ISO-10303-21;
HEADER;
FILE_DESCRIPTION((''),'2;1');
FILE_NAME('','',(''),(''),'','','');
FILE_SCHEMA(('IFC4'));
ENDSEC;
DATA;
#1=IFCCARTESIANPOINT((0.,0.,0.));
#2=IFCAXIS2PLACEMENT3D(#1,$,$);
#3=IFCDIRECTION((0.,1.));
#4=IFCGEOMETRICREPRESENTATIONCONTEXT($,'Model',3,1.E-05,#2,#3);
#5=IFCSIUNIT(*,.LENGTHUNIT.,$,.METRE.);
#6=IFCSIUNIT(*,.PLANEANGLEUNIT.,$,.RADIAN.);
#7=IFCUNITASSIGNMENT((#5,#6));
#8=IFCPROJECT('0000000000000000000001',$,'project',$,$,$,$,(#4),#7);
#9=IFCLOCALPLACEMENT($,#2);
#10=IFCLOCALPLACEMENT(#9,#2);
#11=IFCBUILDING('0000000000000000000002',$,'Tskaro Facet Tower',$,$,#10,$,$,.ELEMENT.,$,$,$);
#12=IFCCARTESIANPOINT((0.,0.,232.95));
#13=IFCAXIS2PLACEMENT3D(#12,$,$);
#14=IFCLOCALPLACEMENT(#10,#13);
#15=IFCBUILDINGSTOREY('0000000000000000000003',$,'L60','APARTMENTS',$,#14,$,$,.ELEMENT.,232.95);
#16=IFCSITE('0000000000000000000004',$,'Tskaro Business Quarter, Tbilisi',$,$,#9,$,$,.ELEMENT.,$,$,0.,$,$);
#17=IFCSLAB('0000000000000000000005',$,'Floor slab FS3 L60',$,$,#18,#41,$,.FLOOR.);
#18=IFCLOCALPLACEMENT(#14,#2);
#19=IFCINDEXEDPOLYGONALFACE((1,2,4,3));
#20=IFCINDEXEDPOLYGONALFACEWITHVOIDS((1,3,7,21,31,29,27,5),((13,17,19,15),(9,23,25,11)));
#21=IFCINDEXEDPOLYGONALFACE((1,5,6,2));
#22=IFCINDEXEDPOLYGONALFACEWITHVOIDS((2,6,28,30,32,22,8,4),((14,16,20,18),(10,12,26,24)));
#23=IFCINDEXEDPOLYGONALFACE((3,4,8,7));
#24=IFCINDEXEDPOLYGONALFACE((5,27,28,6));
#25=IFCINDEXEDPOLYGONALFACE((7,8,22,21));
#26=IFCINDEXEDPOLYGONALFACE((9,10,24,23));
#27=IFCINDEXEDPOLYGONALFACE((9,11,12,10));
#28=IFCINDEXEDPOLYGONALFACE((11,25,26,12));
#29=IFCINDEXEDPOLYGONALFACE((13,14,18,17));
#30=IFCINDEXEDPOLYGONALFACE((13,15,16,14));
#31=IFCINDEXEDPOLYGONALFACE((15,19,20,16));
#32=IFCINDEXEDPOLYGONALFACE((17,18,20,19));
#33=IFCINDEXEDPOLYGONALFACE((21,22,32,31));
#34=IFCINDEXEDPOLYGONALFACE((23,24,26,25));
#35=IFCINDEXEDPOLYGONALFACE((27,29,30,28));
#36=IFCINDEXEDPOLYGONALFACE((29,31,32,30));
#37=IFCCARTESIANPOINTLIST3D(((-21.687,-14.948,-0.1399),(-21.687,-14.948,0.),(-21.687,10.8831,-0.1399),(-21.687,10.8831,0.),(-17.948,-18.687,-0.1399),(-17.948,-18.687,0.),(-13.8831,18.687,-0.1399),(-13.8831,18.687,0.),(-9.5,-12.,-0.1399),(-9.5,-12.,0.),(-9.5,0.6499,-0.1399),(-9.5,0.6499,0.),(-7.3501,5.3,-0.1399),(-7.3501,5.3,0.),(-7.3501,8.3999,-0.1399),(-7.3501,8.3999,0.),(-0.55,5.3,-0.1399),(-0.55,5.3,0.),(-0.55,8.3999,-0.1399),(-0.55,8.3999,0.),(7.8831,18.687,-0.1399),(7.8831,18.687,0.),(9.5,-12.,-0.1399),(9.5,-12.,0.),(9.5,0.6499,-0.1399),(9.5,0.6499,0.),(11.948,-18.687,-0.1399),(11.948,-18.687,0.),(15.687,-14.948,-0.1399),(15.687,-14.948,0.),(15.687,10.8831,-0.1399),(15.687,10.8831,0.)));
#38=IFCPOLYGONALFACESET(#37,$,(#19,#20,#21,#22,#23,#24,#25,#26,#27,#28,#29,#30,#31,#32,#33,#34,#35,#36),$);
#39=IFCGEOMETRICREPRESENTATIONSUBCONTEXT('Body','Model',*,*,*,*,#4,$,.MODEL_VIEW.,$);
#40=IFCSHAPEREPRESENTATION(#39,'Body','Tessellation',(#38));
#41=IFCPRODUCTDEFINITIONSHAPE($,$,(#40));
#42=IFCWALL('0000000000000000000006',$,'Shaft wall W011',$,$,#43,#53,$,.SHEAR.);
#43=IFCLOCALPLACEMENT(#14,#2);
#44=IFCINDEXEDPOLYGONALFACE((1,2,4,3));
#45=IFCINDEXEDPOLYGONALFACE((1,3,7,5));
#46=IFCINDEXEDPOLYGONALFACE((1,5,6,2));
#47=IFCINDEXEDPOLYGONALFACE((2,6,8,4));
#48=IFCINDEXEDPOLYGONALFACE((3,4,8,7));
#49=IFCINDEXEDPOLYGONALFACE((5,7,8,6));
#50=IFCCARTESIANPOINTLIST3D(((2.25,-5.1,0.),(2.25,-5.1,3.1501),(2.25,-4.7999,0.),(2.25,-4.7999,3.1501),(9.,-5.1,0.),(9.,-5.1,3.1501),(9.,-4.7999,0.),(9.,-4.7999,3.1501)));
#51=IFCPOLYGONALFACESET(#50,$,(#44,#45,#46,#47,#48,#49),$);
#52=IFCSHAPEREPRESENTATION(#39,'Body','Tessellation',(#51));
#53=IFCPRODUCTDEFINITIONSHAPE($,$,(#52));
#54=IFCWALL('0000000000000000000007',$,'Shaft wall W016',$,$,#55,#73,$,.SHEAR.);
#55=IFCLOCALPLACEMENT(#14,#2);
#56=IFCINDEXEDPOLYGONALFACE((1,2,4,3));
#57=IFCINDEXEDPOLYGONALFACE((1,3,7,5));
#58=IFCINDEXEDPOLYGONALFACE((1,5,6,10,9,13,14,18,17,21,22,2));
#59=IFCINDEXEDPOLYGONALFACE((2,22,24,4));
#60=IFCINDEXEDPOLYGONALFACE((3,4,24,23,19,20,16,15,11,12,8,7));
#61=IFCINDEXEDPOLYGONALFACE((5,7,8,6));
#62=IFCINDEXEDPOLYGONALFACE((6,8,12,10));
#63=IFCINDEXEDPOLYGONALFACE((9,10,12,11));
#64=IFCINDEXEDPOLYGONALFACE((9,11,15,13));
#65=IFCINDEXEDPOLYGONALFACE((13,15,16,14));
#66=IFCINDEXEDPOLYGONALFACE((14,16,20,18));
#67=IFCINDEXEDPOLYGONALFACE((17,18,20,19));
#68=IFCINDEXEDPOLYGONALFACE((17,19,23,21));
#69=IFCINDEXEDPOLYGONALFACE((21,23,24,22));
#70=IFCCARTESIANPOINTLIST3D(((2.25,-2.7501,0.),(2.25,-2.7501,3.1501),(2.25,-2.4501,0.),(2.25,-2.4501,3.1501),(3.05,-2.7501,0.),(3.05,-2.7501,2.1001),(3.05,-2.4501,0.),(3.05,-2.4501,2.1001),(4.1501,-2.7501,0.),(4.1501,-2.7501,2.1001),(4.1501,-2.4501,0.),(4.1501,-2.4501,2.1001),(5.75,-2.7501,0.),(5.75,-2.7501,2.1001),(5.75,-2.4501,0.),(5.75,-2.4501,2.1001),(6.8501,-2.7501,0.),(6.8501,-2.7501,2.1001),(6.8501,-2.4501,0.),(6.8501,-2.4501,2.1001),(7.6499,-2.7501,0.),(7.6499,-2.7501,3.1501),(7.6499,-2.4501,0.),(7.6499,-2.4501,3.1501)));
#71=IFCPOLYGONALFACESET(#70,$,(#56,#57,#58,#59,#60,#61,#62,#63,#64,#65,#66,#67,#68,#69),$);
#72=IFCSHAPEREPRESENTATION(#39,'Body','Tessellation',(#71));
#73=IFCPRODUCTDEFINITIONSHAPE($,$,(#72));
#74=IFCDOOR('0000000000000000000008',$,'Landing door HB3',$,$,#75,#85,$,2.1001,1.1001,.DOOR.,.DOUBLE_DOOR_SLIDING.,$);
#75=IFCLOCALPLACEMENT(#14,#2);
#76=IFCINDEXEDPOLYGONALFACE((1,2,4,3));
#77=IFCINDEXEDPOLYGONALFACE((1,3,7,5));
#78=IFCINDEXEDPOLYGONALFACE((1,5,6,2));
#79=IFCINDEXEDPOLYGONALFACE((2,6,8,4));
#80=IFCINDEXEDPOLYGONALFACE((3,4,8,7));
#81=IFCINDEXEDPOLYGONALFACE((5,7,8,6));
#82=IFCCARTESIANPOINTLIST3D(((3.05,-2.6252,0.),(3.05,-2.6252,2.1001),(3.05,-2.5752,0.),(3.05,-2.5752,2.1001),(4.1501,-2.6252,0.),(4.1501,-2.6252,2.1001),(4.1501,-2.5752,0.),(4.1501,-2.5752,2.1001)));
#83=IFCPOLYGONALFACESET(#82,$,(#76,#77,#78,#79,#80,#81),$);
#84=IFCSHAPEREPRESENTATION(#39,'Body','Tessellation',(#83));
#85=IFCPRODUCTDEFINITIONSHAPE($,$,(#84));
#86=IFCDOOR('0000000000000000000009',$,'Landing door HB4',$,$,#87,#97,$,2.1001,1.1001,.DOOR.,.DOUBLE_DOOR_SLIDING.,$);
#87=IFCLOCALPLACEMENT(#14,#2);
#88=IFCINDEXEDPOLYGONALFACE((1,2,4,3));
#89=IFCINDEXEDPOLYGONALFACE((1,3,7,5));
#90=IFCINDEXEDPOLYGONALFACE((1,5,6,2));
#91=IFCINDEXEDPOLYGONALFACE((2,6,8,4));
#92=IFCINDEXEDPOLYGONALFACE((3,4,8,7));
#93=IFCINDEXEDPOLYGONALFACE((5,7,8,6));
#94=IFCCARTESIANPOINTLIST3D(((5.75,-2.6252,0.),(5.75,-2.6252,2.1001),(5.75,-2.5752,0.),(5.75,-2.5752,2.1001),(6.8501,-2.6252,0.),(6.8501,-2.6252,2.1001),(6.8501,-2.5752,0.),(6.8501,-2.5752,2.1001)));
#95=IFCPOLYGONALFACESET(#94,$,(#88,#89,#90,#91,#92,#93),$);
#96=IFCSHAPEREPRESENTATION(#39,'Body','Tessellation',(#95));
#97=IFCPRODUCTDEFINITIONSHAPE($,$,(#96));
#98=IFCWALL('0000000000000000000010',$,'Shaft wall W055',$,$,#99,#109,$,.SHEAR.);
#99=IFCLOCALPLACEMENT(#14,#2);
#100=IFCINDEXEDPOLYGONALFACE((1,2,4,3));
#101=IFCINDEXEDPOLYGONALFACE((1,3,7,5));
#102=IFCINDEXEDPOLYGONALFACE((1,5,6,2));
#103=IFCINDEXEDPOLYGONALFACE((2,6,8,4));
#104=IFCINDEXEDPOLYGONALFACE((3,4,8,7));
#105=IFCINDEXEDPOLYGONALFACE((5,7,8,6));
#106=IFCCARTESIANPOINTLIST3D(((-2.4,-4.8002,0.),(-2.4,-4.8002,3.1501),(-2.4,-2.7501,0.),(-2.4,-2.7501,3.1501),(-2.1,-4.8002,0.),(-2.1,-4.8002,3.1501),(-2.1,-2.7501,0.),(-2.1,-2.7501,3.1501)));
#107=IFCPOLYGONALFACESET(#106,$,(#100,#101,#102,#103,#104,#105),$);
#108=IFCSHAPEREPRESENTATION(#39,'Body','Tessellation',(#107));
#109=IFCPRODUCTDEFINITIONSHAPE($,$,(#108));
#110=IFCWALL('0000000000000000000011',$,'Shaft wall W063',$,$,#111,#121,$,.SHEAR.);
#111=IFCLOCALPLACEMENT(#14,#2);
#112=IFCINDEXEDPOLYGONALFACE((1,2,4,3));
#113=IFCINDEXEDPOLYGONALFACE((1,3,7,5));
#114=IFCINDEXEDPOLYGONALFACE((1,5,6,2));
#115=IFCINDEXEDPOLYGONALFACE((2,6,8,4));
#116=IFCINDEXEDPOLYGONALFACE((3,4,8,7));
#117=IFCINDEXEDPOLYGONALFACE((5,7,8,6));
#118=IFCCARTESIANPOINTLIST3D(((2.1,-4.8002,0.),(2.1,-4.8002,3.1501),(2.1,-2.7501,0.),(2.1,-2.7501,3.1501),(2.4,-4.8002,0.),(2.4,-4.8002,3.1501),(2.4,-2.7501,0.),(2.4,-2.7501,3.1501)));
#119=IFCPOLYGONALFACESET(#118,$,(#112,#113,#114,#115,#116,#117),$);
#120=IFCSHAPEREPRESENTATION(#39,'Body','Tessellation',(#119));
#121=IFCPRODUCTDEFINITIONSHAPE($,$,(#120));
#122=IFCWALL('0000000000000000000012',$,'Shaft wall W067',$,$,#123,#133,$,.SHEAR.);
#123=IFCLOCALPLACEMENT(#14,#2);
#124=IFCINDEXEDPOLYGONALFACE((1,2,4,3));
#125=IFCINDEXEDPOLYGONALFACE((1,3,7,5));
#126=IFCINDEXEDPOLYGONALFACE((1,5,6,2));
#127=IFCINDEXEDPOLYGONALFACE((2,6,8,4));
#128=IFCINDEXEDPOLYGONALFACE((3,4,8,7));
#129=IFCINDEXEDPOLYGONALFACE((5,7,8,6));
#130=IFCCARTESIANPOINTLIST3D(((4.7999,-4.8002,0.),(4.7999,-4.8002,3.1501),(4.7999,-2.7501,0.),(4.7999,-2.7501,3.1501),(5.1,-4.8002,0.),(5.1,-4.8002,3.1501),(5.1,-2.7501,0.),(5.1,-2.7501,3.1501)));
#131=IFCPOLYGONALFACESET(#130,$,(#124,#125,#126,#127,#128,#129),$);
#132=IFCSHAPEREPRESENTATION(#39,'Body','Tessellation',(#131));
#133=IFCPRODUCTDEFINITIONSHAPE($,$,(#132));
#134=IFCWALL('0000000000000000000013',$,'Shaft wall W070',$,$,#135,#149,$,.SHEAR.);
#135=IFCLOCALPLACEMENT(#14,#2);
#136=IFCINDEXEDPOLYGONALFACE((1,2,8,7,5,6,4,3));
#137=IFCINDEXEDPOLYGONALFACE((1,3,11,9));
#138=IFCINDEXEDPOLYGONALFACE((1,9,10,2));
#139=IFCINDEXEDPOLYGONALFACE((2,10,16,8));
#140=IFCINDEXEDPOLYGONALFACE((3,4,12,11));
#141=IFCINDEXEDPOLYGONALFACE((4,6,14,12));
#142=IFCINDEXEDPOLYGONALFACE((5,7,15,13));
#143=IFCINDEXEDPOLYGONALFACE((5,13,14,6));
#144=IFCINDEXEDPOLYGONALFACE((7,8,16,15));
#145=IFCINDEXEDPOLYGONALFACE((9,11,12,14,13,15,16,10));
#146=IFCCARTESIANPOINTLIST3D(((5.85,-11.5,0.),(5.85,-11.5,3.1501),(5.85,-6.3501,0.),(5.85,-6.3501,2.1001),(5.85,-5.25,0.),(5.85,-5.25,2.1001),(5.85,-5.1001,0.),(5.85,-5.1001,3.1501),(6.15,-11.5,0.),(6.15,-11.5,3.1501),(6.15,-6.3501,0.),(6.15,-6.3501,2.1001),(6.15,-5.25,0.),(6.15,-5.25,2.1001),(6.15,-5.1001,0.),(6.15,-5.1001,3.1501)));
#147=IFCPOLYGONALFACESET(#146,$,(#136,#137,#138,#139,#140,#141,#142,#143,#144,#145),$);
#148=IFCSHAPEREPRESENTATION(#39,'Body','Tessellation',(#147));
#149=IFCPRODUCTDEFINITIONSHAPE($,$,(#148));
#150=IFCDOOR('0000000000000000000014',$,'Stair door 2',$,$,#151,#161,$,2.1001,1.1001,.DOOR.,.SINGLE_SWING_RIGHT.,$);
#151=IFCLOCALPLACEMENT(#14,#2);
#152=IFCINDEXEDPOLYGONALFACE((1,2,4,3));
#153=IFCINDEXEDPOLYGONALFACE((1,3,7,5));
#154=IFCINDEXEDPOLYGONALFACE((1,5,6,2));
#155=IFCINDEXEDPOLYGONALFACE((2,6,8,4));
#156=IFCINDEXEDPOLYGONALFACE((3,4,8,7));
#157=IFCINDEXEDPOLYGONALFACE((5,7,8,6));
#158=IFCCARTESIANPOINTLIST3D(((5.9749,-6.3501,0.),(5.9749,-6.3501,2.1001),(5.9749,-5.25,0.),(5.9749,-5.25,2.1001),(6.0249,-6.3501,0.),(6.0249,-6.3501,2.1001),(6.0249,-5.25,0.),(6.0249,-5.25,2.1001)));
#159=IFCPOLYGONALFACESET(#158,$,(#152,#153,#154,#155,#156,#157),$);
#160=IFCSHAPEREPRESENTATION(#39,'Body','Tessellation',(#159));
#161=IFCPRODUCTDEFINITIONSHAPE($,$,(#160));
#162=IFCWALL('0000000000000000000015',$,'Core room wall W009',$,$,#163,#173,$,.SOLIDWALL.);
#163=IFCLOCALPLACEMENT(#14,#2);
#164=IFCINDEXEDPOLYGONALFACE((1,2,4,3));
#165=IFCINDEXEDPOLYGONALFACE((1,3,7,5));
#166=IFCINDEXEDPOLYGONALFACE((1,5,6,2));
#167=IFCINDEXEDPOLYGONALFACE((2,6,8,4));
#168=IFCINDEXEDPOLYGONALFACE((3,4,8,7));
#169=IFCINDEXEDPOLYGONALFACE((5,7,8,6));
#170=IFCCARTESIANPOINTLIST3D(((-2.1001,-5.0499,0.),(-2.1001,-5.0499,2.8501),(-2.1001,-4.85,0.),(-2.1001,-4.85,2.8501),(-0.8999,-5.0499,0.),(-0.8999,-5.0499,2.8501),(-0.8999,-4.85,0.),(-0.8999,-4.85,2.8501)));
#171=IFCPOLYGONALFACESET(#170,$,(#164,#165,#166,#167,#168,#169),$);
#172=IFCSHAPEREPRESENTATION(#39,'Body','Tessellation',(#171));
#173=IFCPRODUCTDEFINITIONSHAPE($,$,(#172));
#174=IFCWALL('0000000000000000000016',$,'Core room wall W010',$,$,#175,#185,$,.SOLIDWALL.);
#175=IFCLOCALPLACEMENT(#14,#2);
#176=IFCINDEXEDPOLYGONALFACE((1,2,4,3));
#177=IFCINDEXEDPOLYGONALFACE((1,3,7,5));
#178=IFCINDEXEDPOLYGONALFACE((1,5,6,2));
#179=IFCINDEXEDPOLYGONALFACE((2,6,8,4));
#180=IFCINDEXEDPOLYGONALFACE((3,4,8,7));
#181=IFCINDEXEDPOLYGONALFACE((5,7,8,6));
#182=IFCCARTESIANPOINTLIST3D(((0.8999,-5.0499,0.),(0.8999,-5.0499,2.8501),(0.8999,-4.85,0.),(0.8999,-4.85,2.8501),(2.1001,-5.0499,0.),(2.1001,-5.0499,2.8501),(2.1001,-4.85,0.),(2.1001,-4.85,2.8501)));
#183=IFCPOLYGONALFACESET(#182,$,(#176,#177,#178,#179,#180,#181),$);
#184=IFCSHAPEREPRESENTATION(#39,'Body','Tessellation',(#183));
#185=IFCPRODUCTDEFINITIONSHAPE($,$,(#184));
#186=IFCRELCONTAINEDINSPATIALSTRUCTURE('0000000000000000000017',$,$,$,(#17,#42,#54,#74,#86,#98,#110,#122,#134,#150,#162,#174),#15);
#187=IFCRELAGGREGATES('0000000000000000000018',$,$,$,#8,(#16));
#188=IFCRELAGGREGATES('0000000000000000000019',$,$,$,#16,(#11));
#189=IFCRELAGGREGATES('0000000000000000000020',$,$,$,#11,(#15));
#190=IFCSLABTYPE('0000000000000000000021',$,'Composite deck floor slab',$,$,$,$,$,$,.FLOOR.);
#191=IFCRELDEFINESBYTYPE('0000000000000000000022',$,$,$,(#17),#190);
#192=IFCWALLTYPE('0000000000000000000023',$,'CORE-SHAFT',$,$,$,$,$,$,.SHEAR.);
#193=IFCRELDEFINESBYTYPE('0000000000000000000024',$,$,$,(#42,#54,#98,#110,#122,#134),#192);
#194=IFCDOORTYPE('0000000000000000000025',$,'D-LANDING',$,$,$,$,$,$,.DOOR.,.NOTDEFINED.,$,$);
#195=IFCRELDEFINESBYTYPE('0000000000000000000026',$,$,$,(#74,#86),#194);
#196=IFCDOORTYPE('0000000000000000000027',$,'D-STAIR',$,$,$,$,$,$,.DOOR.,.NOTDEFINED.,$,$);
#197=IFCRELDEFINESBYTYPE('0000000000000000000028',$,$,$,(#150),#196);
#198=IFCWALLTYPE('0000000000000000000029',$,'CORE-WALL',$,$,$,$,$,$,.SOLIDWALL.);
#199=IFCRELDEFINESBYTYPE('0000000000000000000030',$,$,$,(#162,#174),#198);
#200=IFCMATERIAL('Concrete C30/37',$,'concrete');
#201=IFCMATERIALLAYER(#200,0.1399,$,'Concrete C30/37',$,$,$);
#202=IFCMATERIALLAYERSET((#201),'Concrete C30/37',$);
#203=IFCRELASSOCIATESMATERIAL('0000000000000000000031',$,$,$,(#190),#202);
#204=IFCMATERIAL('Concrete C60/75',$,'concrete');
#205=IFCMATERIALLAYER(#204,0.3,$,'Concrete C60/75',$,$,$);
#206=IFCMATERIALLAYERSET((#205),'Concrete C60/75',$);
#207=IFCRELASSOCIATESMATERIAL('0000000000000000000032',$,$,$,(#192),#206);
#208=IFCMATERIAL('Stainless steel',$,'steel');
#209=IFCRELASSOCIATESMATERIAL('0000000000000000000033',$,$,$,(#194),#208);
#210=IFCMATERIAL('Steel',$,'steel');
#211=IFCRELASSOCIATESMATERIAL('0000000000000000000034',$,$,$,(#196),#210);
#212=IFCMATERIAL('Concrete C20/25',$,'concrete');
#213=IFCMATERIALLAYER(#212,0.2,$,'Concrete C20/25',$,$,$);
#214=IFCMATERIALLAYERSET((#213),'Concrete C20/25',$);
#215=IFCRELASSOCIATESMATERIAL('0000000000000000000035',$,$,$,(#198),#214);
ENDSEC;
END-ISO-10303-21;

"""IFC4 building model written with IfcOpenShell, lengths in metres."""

from ifc_helpers import new_model, si_unit, direction, frame, frame_2d, origin, place, context, subcontext, project, spatial, polyline, rectangle, outline, extrude, material, layer, layer_set, type_object, element, fill, save


model = new_model("IFC4")

# Units and contexts
model_context = context("Model", 3, precision=1e-05, world=origin(), true_north=direction((0.0, 1.0)))
body_context = subcontext(model_context, "Body", "Model", "MODEL_VIEW")
ifc_project = project(units=[si_unit("LENGTHUNIT", "METRE"), si_unit("PLANEANGLEUNIT", "RADIAN")], contexts=[model_context])

# Site, building, storey
site_placement = place(None, origin())
site = spatial("IfcSite", under=ifc_project, at=site_placement, Name="Tskaro Business Quarter, Tbilisi", CompositionType="ELEMENT", RefElevation=0.0)
building_placement = place(site_placement, origin())
building = spatial("IfcBuilding", under=site, at=building_placement, Name="Tskaro Facet Tower", CompositionType="ELEMENT")
storey_placement = place(building_placement, frame((0.0, 0.0, 232.95)))
storey = spatial("IfcBuildingStorey", under=building, at=storey_placement, Name="L60", Description="APARTMENTS", CompositionType="ELEMENT", Elevation=232.95)

# Slab
ifc_material_1 = material(Name="Concrete C30/37", Category="concrete")
ifc_layer_1 = layer(ifc_material_1, 0.1399, Name="Concrete C30/37")
ifc_layer_set_1 = layer_set([ifc_layer_1], Name="Concrete C30/37")
slab_type = type_object("IfcSlabType", Name="Composite deck floor slab", PredefinedType="FLOOR", material=ifc_layer_set_1)
slab_placement = place(storey_placement, frame((0.0, 0.0, -0.1399)))
element("IfcSlab", 1, at=slab_placement, inside=storey, type_object=slab_type, Name="Floor slab FS3 L60", PredefinedType="FLOOR", context=body_context, shape_type="SweptSolid", body=[
    extrude(outline(polyline([(-17.948, -18.687), (11.948, -18.687), (15.687, -14.948), (15.687, 10.8831), (7.8831, 18.687), (-13.8831, 18.687), (-21.687, 10.8831), (-21.687, -14.948), (-17.948, -18.687)]), holes=[polyline([(-9.5, -12.0), (9.5, -12.0), (9.5, 0.6499), (-9.5, 0.6499), (-9.5, -12.0)]), polyline([(-7.3501, 5.3), (-0.55, 5.3), (-0.55, 8.3999), (-7.3501, 8.3999), (-7.3501, 5.3)])]), origin(), (0.0, 0.0, 1.0), 0.1399),
])

# Wall
ifc_material_2 = material(Name="Concrete C60/75", Category="concrete")
ifc_layer_2 = layer(ifc_material_2, 0.3, Name="Concrete C60/75")
ifc_layer_set_2 = layer_set([ifc_layer_2], Name="Concrete C60/75")
wall_type_1 = type_object("IfcWallType", Name="CORE-SHAFT", PredefinedType="SHEAR", material=ifc_layer_set_2)
wall_1_placement = place(storey_placement, frame((2.25, -4.95, 0.0), z_axis=(0.0, 0.0, 1.0), x_axis=(1.0, 0.0, 0.0)))
element("IfcWall", 2, at=wall_1_placement, inside=storey, type_object=wall_type_1, Name="Shaft wall W011", PredefinedType="SHEAR", context=body_context, shape_type="SweptSolid", body=[
    extrude(rectangle(XDim=6.75, YDim=0.3, at=frame_2d((3.375, 0.0))), origin(), (0.0, 0.0, 1.0), 3.1501),
])

# Wall, openings, doors
wall_2_placement = place(storey_placement, frame((2.25, -2.6001, 0.0), z_axis=(0.0, 0.0, 1.0), x_axis=(1.0, 0.0, 0.0)))
wall_2 = element("IfcWall", 3, at=wall_2_placement, inside=storey, type_object=wall_type_1, Name="Shaft wall W016", PredefinedType="SHEAR", context=body_context, shape_type="SweptSolid", body=[
    extrude(rectangle(XDim=5.3999, YDim=0.3, at=frame_2d((2.7, 0.0))), origin(), (0.0, 0.0, 1.0), 3.1501),
])
opening_1_placement = place(wall_2_placement, frame((0.8, 0.0, 0.0)))
opening_1 = element("IfcOpeningElement", 4, at=opening_1_placement, cuts=wall_2, PredefinedType="OPENING", context=body_context, shape_type="SweptSolid", body=[
    extrude(rectangle(XDim=1.1001, YDim=2.1001, at=frame_2d((0.55, 1.05))), frame((0.0, 0.1599, 0.0), z_axis=(0.0, -1.0, 0.0), x_axis=(1.0, 0.0, 0.0)), (0.0, 0.0, 1.0), 0.3201),
])
opening_2_placement = place(wall_2_placement, frame((3.5, 0.0, 0.0)))
opening_2 = element("IfcOpeningElement", 5, at=opening_2_placement, cuts=wall_2, PredefinedType="OPENING", context=body_context, shape_type="SweptSolid", body=[
    extrude(rectangle(XDim=1.1001, YDim=2.1001, at=frame_2d((0.55, 1.05))), frame((0.0, 0.1599, 0.0), z_axis=(0.0, -1.0, 0.0), x_axis=(1.0, 0.0, 0.0)), (0.0, 0.0, 1.0), 0.3201),
])
ifc_material_3 = material(Name="Stainless steel", Category="steel")
door_type_1 = type_object("IfcDoorType", Name="D-LANDING", OperationType="NOTDEFINED", PredefinedType="DOOR", material=ifc_material_3)
door_1_placement = place(opening_1_placement, origin())
door_1 = element("IfcDoor", 6, at=door_1_placement, inside=storey, type_object=door_type_1, Name="Landing door HB3", OperationType="DOUBLE_DOOR_SLIDING", OverallHeight=2.1001, OverallWidth=1.1001, PredefinedType="DOOR", context=body_context, shape_type="SweptSolid", body=[
    extrude(rectangle(XDim=1.1001, YDim=2.1001, at=frame_2d((0.55, 1.05))), frame((0.0, 0.0249, 0.0), z_axis=(0.0, -1.0, 0.0), x_axis=(1.0, 0.0, 0.0)), (0.0, 0.0, 1.0), 0.05),
])
fill(opening_1, door_1)
door_2_placement = place(opening_2_placement, origin())
door_2 = element("IfcDoor", 7, at=door_2_placement, inside=storey, type_object=door_type_1, Name="Landing door HB4", OperationType="DOUBLE_DOOR_SLIDING", OverallHeight=2.1001, OverallWidth=1.1001, PredefinedType="DOOR", context=body_context, shape_type="SweptSolid", body=[
    extrude(rectangle(XDim=1.1001, YDim=2.1001, at=frame_2d((0.55, 1.05))), frame((0.0, 0.0249, 0.0), z_axis=(0.0, -1.0, 0.0), x_axis=(1.0, 0.0, 0.0)), (0.0, 0.0, 1.0), 0.05),
])
fill(opening_2, door_2)

# Walls
for number, where, z_axis, x_axis, name in (
    (8, (-2.25, -4.8, 0.0), (0.0, 0.0, 1.0), (0.0, 1.0, 0.0), "Shaft wall W055"),
    (9, (2.25, -4.8, 0.0), (0.0, 0.0, 1.0), (0.0, 1.0, 0.0), "Shaft wall W063"),
    (10, (4.95, -4.8, 0.0), (0.0, 0.0, 1.0), (0.0, 1.0, 0.0), "Shaft wall W067"),
):
    element("IfcWall", number, at=place(storey_placement, frame(where, z_axis=z_axis, x_axis=x_axis)), inside=storey, type_object=wall_type_1, Name=name, PredefinedType="SHEAR", context=body_context, shape_type="SweptSolid", body=[
        extrude(rectangle(XDim=2.05, YDim=0.3, at=frame_2d((1.0249, 0.0))), origin(), (0.0, 0.0, 1.0), 3.1501),
    ])

# Wall, opening, door
wall_3_placement = place(storey_placement, frame((6.0, -5.1001, 0.0), z_axis=(0.0, 0.0, 1.0), x_axis=(0.0, -1.0, 0.0)))
wall_3 = element("IfcWall", 11, at=wall_3_placement, inside=storey, type_object=wall_type_1, Name="Shaft wall W070", PredefinedType="SHEAR", context=body_context, shape_type="SweptSolid", body=[
    extrude(rectangle(XDim=6.3999, YDim=0.3, at=frame_2d((3.2, 0.0))), origin(), (0.0, 0.0, 1.0), 3.1501),
])
opening_3_placement = place(wall_3_placement, frame((0.1499, 0.0, 0.0)))
opening_3 = element("IfcOpeningElement", 12, at=opening_3_placement, cuts=wall_3, PredefinedType="OPENING", context=body_context, shape_type="SweptSolid", body=[
    extrude(rectangle(XDim=1.1001, YDim=2.1001, at=frame_2d((0.55, 1.05))), frame((0.0, 0.1599, 0.0), z_axis=(0.0, -1.0, 0.0), x_axis=(1.0, 0.0, 0.0)), (0.0, 0.0, 1.0), 0.3201),
])
ifc_material_4 = material(Name="Steel", Category="steel")
door_type_2 = type_object("IfcDoorType", Name="D-STAIR", OperationType="NOTDEFINED", PredefinedType="DOOR", material=ifc_material_4)
door_3_placement = place(opening_3_placement, origin())
door_3 = element("IfcDoor", 13, at=door_3_placement, inside=storey, type_object=door_type_2, Name="Stair door 2", OperationType="SINGLE_SWING_RIGHT", OverallHeight=2.1001, OverallWidth=1.1001, PredefinedType="DOOR", context=body_context, shape_type="SweptSolid", body=[
    extrude(rectangle(XDim=1.1001, YDim=2.1001, at=frame_2d((0.55, 1.05))), frame((0.0, 0.0249, 0.0), z_axis=(0.0, -1.0, 0.0), x_axis=(1.0, 0.0, 0.0)), (0.0, 0.0, 1.0), 0.05),
])
fill(opening_3, door_3)

# Walls
ifc_material_5 = material(Name="Concrete C20/25", Category="concrete")
ifc_layer_3 = layer(ifc_material_5, 0.2, Name="Concrete C20/25")
ifc_layer_set_3 = layer_set([ifc_layer_3], Name="Concrete C20/25")
wall_type_2 = type_object("IfcWallType", Name="CORE-WALL", PredefinedType="SOLIDWALL", material=ifc_layer_set_3)
for number, where, z_axis, x_axis, name in (
    (14, (-2.1001, -4.95, 0.0), (0.0, 0.0, 1.0), (1.0, 0.0, 0.0), "Core room wall W009"),
    (15, (0.8999, -4.95, 0.0), (0.0, 0.0, 1.0), (1.0, 0.0, 0.0), "Core room wall W010"),
):
    element("IfcWall", number, at=place(storey_placement, frame(where, z_axis=z_axis, x_axis=x_axis)), inside=storey, type_object=wall_type_2, Name=name, PredefinedType="SOLIDWALL", context=body_context, shape_type="SweptSolid", body=[
        extrude(rectangle(XDim=1.2002, YDim=0.2, at=frame_2d((0.6001, 0.0))), origin(), (0.0, 0.0, 1.0), 2.8501),
    ])

save(model, "model.ifc")
